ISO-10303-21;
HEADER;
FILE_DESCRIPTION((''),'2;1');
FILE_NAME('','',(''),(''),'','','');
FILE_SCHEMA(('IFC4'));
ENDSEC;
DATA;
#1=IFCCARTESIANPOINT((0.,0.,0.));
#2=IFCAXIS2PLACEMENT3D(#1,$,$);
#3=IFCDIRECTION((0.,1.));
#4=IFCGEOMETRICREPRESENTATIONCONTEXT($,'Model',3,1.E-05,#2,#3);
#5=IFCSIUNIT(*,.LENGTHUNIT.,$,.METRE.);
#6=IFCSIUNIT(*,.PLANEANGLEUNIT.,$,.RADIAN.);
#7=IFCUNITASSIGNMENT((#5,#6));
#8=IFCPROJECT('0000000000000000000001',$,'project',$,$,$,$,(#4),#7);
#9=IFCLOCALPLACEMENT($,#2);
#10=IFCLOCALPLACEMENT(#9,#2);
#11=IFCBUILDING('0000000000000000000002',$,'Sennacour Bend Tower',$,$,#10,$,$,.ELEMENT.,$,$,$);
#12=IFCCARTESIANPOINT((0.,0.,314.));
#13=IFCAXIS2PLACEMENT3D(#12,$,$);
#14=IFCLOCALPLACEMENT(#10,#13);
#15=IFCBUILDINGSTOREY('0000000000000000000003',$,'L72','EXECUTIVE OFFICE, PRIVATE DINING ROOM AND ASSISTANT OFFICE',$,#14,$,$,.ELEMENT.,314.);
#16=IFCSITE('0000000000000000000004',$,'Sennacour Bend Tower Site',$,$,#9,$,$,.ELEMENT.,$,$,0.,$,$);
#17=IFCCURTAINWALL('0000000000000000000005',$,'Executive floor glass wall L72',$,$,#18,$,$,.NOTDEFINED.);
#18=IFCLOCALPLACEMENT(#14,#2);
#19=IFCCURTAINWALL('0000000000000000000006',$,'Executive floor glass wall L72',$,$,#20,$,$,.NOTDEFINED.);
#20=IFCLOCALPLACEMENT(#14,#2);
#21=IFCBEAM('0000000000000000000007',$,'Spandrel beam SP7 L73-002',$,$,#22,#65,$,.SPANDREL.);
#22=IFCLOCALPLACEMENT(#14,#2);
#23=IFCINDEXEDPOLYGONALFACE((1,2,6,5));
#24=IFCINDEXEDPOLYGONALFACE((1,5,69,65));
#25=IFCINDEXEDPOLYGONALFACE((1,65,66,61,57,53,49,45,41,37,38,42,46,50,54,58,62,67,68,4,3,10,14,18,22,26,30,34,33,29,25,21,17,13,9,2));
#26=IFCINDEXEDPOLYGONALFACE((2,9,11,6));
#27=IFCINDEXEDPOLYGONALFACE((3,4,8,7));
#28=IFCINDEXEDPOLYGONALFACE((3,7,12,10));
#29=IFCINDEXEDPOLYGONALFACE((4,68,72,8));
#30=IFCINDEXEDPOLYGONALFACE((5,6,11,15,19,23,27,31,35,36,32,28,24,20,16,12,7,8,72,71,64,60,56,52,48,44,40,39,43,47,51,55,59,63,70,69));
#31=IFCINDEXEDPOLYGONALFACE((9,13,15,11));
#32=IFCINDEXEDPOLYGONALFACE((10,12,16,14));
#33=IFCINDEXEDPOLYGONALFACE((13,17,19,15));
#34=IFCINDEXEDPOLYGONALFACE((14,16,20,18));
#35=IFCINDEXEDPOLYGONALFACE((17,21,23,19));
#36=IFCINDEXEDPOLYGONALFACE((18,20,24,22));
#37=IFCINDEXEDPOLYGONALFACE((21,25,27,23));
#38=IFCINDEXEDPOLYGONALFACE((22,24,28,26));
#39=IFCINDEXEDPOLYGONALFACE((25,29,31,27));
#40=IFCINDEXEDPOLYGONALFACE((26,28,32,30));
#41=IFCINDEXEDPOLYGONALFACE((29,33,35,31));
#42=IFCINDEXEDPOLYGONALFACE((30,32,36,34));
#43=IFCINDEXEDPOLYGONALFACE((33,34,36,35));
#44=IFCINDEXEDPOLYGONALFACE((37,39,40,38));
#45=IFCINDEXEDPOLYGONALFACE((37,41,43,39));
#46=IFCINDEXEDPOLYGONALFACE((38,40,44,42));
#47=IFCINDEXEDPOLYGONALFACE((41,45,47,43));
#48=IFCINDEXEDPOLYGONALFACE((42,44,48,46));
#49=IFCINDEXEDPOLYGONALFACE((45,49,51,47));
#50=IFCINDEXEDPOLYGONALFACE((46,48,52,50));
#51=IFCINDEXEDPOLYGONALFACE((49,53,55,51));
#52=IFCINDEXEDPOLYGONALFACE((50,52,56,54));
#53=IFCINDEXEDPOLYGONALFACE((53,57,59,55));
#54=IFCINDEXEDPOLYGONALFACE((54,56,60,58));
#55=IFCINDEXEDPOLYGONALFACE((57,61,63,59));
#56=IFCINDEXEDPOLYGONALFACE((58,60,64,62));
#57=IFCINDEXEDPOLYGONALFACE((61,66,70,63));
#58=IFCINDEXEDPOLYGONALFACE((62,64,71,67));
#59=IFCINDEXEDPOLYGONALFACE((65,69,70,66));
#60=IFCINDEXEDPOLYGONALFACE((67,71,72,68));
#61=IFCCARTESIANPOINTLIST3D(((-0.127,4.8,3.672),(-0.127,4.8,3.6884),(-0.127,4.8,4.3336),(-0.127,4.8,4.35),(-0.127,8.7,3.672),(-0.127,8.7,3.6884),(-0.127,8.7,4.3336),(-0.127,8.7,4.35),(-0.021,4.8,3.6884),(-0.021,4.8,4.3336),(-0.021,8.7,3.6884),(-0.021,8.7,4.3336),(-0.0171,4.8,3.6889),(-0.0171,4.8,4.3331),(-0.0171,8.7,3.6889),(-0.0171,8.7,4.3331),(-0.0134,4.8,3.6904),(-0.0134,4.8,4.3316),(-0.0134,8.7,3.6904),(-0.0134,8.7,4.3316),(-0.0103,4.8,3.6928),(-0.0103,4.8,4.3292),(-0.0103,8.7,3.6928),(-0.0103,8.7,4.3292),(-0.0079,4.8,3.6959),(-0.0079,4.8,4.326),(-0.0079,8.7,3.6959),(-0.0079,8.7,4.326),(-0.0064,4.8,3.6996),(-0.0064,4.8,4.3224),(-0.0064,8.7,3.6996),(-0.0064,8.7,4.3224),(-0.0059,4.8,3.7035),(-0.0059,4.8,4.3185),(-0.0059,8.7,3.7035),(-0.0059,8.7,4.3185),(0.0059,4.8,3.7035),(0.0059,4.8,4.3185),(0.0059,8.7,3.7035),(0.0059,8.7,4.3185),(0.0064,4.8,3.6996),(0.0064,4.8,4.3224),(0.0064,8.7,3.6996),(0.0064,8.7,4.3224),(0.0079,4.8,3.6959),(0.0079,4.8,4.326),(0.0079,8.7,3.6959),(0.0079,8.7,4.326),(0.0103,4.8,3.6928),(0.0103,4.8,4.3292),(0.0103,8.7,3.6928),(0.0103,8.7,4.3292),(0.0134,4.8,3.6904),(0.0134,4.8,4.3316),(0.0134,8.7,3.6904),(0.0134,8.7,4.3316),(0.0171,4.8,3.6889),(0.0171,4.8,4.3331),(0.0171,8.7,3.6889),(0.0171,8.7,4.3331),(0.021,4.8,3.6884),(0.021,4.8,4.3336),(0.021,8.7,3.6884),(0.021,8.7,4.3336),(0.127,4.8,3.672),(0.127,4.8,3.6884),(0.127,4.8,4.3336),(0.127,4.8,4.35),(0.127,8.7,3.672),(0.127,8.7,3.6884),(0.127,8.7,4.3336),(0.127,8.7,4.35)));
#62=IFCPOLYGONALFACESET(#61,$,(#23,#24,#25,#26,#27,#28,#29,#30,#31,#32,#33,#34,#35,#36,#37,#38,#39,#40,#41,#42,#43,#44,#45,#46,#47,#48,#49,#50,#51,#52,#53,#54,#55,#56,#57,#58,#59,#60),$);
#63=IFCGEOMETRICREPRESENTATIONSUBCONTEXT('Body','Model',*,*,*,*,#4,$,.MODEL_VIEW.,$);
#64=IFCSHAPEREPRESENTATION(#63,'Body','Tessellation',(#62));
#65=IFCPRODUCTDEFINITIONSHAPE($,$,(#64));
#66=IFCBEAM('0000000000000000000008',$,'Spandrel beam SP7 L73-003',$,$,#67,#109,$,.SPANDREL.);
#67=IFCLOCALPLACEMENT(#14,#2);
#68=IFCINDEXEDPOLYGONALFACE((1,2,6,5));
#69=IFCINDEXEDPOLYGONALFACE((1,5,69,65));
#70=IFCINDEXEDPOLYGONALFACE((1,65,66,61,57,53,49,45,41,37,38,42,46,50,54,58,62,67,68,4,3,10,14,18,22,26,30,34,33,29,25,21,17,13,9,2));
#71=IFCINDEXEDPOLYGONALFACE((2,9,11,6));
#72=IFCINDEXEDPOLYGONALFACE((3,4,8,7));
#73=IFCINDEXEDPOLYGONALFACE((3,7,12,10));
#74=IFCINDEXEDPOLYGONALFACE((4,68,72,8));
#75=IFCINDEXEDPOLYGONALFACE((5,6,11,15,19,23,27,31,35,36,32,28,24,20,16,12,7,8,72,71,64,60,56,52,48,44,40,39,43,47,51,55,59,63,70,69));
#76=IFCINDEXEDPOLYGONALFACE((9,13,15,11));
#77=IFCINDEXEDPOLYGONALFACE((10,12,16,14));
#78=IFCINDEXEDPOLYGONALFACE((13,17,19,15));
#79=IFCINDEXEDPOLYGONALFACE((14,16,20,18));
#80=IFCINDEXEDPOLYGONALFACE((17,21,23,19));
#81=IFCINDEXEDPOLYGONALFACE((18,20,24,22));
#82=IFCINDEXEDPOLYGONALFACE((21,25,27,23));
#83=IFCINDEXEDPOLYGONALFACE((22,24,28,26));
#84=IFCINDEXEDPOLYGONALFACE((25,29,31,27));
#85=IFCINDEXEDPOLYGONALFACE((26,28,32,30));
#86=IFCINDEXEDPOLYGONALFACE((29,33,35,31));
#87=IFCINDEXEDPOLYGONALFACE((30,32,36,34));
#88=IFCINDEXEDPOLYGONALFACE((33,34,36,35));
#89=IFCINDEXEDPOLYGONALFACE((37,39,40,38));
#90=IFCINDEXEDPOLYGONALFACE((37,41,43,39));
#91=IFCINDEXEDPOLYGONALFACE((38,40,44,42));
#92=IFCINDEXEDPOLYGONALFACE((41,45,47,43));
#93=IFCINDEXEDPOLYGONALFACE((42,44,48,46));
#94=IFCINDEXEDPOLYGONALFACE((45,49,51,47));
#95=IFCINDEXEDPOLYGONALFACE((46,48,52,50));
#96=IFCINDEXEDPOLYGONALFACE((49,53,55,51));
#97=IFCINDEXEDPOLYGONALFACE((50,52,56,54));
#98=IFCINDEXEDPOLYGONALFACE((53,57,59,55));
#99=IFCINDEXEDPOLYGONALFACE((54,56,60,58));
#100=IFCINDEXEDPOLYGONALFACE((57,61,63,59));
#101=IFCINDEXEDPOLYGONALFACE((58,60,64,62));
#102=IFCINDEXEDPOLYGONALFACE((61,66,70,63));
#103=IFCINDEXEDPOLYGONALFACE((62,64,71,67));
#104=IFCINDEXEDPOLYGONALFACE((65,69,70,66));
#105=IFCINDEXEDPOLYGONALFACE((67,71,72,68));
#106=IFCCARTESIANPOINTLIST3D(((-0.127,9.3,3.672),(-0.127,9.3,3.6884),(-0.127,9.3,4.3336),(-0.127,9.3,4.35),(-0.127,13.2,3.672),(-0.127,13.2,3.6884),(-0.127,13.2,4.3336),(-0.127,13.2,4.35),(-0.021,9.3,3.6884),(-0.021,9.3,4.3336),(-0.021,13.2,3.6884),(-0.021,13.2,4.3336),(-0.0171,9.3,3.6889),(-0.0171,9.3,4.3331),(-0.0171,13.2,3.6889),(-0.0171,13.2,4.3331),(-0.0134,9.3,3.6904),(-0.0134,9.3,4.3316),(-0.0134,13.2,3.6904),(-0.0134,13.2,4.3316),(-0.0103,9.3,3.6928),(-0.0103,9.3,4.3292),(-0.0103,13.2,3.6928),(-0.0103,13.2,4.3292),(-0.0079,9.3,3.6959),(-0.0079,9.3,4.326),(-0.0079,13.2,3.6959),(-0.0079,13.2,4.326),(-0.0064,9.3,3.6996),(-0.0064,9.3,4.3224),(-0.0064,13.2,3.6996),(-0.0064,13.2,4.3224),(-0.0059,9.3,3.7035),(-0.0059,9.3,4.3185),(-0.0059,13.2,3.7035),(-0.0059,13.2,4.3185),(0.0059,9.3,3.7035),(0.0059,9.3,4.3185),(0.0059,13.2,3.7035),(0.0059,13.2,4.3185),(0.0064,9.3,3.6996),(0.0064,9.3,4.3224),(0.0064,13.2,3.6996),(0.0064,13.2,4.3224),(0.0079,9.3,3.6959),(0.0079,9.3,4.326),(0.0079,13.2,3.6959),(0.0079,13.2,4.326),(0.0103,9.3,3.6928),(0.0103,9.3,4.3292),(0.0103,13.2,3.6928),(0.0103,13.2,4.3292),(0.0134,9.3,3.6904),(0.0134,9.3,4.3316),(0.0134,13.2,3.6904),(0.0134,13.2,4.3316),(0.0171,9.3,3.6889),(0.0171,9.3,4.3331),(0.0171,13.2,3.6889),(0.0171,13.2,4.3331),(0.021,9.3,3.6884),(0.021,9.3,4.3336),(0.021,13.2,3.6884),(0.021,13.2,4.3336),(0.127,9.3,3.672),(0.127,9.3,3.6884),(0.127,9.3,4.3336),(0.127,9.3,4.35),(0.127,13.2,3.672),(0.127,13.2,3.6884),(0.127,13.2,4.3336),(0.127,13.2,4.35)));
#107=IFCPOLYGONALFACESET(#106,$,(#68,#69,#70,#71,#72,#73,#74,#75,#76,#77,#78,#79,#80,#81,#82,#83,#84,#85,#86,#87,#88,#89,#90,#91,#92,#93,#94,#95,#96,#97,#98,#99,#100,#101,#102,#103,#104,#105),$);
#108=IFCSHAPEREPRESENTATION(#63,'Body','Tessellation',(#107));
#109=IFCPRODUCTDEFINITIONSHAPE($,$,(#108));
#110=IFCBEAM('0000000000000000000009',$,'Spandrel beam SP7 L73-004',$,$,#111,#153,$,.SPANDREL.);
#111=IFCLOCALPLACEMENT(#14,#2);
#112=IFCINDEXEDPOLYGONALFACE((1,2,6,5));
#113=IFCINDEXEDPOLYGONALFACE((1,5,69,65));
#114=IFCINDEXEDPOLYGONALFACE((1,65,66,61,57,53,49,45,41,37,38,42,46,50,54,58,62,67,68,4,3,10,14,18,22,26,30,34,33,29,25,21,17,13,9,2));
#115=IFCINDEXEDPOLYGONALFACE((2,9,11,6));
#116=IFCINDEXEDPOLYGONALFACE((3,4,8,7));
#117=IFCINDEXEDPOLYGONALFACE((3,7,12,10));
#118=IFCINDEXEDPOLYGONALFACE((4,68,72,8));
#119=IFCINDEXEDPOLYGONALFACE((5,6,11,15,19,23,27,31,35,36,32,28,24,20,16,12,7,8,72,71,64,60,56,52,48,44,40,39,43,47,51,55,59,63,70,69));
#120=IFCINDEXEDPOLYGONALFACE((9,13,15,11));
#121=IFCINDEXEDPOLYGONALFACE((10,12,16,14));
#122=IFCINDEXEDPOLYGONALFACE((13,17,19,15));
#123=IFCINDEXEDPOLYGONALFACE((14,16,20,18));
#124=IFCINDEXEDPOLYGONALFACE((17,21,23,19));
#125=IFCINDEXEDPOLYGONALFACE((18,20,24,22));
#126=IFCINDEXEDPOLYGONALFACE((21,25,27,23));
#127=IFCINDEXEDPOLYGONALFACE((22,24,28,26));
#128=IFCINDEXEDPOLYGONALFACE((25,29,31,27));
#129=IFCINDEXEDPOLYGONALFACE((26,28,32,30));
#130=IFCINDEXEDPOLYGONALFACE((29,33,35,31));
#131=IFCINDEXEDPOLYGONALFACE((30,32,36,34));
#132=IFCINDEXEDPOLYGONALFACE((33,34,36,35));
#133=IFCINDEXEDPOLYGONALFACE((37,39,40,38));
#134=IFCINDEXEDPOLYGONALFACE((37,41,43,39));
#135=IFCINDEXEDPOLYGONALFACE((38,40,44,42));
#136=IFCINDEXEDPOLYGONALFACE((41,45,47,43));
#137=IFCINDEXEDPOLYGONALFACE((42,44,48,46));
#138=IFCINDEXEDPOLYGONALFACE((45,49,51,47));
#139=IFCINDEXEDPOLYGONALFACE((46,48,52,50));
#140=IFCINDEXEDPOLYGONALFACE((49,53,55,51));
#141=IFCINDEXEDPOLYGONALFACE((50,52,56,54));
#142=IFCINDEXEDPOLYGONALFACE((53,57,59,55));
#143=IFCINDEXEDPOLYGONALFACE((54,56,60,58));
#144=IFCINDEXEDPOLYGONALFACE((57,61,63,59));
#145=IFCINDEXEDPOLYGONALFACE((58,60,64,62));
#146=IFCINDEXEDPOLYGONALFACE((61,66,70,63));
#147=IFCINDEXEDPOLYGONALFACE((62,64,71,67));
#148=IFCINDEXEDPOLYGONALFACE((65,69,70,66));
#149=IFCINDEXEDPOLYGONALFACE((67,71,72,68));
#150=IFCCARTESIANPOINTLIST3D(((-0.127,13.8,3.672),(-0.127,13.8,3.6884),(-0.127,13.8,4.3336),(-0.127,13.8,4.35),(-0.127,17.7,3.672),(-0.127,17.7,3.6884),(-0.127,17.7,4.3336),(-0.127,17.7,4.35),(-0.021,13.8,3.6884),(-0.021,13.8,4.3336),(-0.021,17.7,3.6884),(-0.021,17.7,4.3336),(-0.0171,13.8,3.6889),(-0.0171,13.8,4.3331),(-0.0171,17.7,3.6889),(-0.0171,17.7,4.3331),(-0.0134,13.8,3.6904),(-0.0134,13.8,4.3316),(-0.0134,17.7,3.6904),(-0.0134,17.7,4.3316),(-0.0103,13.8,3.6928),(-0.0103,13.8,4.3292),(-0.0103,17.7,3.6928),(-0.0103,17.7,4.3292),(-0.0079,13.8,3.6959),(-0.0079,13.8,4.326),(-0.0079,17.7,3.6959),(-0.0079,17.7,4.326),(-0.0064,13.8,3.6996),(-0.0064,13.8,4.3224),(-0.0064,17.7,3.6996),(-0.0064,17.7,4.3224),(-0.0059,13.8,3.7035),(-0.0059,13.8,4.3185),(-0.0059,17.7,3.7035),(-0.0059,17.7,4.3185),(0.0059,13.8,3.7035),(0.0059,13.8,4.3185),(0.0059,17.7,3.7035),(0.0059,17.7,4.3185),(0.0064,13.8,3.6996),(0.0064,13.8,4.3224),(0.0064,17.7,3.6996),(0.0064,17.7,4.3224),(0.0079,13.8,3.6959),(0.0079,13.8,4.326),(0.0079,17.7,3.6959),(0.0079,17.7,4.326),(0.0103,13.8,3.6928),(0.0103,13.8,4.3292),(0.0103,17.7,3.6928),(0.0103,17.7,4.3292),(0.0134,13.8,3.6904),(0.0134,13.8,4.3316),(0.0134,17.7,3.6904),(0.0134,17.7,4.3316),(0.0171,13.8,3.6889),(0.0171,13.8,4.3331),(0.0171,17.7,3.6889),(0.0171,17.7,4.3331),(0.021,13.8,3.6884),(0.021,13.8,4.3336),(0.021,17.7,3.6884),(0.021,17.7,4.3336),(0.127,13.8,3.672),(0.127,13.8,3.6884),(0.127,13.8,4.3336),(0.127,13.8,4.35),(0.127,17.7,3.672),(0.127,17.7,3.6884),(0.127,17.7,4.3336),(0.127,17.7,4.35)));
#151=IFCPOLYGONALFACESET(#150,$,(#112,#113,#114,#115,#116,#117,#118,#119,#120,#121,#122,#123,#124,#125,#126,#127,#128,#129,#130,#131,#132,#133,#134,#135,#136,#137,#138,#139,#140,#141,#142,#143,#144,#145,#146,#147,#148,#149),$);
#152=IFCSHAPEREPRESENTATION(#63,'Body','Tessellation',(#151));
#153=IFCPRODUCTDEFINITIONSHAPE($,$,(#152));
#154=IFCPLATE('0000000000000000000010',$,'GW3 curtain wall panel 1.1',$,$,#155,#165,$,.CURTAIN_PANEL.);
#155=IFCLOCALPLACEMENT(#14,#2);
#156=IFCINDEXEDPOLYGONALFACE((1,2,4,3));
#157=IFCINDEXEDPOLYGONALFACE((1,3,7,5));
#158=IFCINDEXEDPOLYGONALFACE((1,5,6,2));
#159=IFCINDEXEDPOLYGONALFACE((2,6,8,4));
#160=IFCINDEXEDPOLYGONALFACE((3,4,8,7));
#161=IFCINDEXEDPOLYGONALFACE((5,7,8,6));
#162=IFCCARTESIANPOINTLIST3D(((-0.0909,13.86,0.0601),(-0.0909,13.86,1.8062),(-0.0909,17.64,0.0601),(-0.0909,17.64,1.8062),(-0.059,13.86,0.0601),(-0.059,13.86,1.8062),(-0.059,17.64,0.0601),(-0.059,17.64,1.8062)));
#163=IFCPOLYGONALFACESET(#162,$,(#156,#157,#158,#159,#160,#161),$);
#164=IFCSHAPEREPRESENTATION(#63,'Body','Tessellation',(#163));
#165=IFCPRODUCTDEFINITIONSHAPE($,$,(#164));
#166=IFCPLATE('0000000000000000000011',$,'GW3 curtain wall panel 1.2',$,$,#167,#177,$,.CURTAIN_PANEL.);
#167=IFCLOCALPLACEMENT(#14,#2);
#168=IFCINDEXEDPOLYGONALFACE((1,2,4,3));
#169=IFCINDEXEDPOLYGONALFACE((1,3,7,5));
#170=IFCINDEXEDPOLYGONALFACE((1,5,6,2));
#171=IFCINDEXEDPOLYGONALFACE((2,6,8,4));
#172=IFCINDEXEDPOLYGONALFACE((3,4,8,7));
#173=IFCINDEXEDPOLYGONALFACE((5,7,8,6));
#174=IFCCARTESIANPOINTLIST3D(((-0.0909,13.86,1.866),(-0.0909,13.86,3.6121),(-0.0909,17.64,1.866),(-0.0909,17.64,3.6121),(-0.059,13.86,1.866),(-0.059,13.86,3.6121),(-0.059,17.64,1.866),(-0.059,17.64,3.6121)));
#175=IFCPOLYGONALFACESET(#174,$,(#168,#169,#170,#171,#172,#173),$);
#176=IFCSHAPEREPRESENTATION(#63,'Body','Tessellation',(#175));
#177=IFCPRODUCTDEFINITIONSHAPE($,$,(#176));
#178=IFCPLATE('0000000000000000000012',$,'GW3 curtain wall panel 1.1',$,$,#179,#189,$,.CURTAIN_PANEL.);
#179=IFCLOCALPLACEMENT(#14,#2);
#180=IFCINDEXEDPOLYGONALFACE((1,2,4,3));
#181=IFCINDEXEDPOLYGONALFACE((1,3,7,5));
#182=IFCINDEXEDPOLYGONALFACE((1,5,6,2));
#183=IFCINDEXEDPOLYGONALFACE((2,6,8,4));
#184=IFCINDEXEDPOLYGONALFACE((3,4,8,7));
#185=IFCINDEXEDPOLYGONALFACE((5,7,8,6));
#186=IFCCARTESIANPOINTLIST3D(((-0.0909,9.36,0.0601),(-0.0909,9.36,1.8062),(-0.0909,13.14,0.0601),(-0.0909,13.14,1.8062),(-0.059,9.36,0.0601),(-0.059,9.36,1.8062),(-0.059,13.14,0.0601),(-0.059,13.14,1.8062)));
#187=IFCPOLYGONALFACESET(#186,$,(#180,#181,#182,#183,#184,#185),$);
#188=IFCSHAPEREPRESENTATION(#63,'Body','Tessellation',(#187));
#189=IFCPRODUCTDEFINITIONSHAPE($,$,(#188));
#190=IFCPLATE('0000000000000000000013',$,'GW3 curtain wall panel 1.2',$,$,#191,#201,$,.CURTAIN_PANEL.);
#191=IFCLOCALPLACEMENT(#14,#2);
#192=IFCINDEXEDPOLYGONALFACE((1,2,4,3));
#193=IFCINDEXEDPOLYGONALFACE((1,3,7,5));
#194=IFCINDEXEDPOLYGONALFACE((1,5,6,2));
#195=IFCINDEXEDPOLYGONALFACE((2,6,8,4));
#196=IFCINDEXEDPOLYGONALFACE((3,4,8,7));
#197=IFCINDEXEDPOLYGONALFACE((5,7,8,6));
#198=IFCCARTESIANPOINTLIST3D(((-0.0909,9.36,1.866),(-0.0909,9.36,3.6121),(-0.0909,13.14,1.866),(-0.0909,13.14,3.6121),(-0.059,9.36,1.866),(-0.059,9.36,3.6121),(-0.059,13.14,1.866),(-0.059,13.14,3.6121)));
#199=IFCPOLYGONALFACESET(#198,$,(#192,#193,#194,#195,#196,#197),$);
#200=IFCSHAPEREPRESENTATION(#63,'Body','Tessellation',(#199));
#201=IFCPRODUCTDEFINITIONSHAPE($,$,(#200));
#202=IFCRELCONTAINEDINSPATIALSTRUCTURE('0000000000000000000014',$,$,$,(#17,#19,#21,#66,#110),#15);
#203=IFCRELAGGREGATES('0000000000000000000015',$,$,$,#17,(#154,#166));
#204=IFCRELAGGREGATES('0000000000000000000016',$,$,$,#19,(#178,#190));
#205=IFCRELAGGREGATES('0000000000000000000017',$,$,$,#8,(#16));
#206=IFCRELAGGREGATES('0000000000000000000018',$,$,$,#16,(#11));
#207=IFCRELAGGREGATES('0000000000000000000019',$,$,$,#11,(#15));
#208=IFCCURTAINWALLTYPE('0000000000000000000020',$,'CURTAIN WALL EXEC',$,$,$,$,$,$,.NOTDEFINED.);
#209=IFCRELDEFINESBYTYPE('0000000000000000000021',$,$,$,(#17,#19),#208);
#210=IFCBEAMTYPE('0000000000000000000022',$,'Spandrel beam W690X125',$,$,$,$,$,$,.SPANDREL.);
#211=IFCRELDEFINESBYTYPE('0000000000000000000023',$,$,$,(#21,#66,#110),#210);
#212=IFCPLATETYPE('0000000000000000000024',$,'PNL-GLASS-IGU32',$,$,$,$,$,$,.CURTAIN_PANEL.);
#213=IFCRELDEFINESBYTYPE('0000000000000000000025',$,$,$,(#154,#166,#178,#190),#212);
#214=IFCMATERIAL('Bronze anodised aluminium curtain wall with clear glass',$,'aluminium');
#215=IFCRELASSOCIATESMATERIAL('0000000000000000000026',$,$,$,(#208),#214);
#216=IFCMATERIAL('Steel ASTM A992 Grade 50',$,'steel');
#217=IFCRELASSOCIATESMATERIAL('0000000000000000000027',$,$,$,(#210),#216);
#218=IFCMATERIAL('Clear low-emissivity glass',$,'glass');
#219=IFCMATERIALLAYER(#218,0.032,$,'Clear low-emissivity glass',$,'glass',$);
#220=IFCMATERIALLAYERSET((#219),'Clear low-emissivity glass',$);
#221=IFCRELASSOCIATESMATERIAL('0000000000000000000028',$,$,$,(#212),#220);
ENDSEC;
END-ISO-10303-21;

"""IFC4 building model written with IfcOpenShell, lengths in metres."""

from ifc_helpers import new_model, si_unit, direction, frame, origin, origin_2d, place, context, subcontext, project, spatial, rectangle, i_section, extrude, material, layer, layer_set, material_profile, profile_set, type_object, element, aggregate, save


model = new_model("IFC4")

# Units and contexts
model_context = context("Model", 3, precision=1e-05, world=origin(), true_north=direction((0.0, 1.0)))
body_context = subcontext(model_context, "Body", "Model", "MODEL_VIEW")
ifc_project = project(units=[si_unit("LENGTHUNIT", "METRE"), si_unit("PLANEANGLEUNIT", "RADIAN")], contexts=[model_context])

# Site, building, storey
site_placement = place(None, origin())
site = spatial("IfcSite", under=ifc_project, at=site_placement, Name="Sennacour Bend Tower Site", CompositionType="ELEMENT", RefElevation=0.0)
building_placement = place(site_placement, origin())
building = spatial("IfcBuilding", under=site, at=building_placement, Name="Sennacour Bend Tower", CompositionType="ELEMENT")
storey_placement = place(building_placement, frame((0.0, 0.0, 314.0)))
storey = spatial("IfcBuildingStorey", under=building, at=storey_placement, Name="L72", Description="EXECUTIVE OFFICE, PRIVATE DINING ROOM AND ASSISTANT OFFICE", CompositionType="ELEMENT", Elevation=314.0)

# Curtain wall
ifc_material_1 = material(Name="Bronze anodised aluminium curtain wall with clear glass", Category="aluminium")
curtain_wall_type = type_object("IfcCurtainWallType", Name="CURTAIN WALL EXEC", PredefinedType="NOTDEFINED", material=ifc_material_1)
curtain_wall_1_placement = place(storey_placement, origin())
curtain_wall_1 = element("IfcCurtainWall", 1, at=curtain_wall_1_placement, inside=storey, type_object=curtain_wall_type, Name="Executive floor glass wall L72", PredefinedType="NOTDEFINED")

# Curtain wall
curtain_wall_2_placement = place(storey_placement, origin())
curtain_wall_2 = element("IfcCurtainWall", 2, at=curtain_wall_2_placement, inside=storey, type_object=curtain_wall_type, Name="Executive floor glass wall L72", PredefinedType="NOTDEFINED")

# Beams
ifc_material_2 = material(Name="Steel ASTM A992 Grade 50", Category="steel")
ifc_material_profile_1 = material_profile(ifc_material_2, i_section(OverallWidth=0.2539, OverallDepth=0.678, WebThickness=0.0117, FlangeThickness=0.0164, FilletRadius=0.0151, at=origin_2d()), Name="Steel ASTM A992 Grade 50", Category="steel")
ifc_profile_set_1 = profile_set([ifc_material_profile_1], Name="Steel ASTM A992 Grade 50")
beam_type = type_object("IfcBeamType", Name="Spandrel beam W690X125", PredefinedType="SPANDREL", material=ifc_profile_set_1)
for number, where, z_axis, x_axis, name in (
    (3, (0.0, 4.8, 4.011), (0.0, 1.0, 0.0), (-1.0, 0.0, 0.0), "Spandrel beam SP7 L73-002"),
    (4, (0.0, 9.3, 4.011), (0.0, 1.0, 0.0), (-1.0, 0.0, 0.0), "Spandrel beam SP7 L73-003"),
    (5, (0.0, 13.8, 4.011), (0.0, 1.0, 0.0), (-1.0, 0.0, 0.0), "Spandrel beam SP7 L73-004"),
):
    element("IfcBeam", number, at=place(storey_placement, frame(where, z_axis=z_axis, x_axis=x_axis)), inside=storey, type_object=beam_type, Name=name, PredefinedType="SPANDREL", context=body_context, shape_type="SweptSolid", body=[
        extrude(i_section(OverallWidth=0.2539, OverallDepth=0.678, WebThickness=0.0117, FlangeThickness=0.0164, FilletRadius=0.0151, at=origin_2d()), origin(), (0.0, 0.0, 1.0), 3.8999),
    ])

# Plates
ifc_material_3 = material(Name="Clear low-emissivity glass", Category="glass")
ifc_layer_1 = layer(ifc_material_3, 0.032, Name="Clear low-emissivity glass", Category="glass")
ifc_layer_set_1 = layer_set([ifc_layer_1], Name="Clear low-emissivity glass")
plate_type = type_object("IfcPlateType", Name="PNL-GLASS-IGU32", PredefinedType="CURTAIN_PANEL", material=ifc_layer_set_1)
plate_1_placement = place(storey_placement, frame((-0.075, 15.75, 0.0601), z_axis=(0.0, 0.0, 1.0), x_axis=(0.0, -1.0, 0.0)))
plate_1 = element("IfcPlate", 6, at=plate_1_placement, type_object=plate_type, Name="GW3 curtain wall panel 1.1", PredefinedType="CURTAIN_PANEL", context=body_context, shape_type="SweptSolid", body=[
    extrude(rectangle(XDim=3.78, YDim=0.032, at=origin_2d()), origin(), (0.0, 0.0, 1.0), 1.7461),
])
plate_2_placement = place(storey_placement, frame((-0.075, 15.75, 1.866), z_axis=(0.0, 0.0, 1.0), x_axis=(0.0, -1.0, 0.0)))
plate_2 = element("IfcPlate", 7, at=plate_2_placement, type_object=plate_type, Name="GW3 curtain wall panel 1.2", PredefinedType="CURTAIN_PANEL", context=body_context, shape_type="SweptSolid", body=[
    extrude(rectangle(XDim=3.78, YDim=0.032, at=origin_2d()), origin(), (0.0, 0.0, 1.0), 1.7461),
])
aggregate(curtain_wall_1, [plate_1, plate_2])
plate_3_placement = place(storey_placement, frame((-0.075, 11.25, 0.0601), z_axis=(0.0, 0.0, 1.0), x_axis=(0.0, -1.0, 0.0)))
plate_3 = element("IfcPlate", 8, at=plate_3_placement, type_object=plate_type, Name="GW3 curtain wall panel 1.1", PredefinedType="CURTAIN_PANEL", context=body_context, shape_type="SweptSolid", body=[
    extrude(rectangle(XDim=3.78, YDim=0.032, at=origin_2d()), origin(), (0.0, 0.0, 1.0), 1.7461),
])
plate_4_placement = place(storey_placement, frame((-0.075, 11.25, 1.866), z_axis=(0.0, 0.0, 1.0), x_axis=(0.0, -1.0, 0.0)))
plate_4 = element("IfcPlate", 9, at=plate_4_placement, type_object=plate_type, Name="GW3 curtain wall panel 1.2", PredefinedType="CURTAIN_PANEL", context=body_context, shape_type="SweptSolid", body=[
    extrude(rectangle(XDim=3.78, YDim=0.032, at=origin_2d()), origin(), (0.0, 0.0, 1.0), 1.7461),
])
aggregate(curtain_wall_2, [plate_3, plate_4])

save(model, "model.ifc")
